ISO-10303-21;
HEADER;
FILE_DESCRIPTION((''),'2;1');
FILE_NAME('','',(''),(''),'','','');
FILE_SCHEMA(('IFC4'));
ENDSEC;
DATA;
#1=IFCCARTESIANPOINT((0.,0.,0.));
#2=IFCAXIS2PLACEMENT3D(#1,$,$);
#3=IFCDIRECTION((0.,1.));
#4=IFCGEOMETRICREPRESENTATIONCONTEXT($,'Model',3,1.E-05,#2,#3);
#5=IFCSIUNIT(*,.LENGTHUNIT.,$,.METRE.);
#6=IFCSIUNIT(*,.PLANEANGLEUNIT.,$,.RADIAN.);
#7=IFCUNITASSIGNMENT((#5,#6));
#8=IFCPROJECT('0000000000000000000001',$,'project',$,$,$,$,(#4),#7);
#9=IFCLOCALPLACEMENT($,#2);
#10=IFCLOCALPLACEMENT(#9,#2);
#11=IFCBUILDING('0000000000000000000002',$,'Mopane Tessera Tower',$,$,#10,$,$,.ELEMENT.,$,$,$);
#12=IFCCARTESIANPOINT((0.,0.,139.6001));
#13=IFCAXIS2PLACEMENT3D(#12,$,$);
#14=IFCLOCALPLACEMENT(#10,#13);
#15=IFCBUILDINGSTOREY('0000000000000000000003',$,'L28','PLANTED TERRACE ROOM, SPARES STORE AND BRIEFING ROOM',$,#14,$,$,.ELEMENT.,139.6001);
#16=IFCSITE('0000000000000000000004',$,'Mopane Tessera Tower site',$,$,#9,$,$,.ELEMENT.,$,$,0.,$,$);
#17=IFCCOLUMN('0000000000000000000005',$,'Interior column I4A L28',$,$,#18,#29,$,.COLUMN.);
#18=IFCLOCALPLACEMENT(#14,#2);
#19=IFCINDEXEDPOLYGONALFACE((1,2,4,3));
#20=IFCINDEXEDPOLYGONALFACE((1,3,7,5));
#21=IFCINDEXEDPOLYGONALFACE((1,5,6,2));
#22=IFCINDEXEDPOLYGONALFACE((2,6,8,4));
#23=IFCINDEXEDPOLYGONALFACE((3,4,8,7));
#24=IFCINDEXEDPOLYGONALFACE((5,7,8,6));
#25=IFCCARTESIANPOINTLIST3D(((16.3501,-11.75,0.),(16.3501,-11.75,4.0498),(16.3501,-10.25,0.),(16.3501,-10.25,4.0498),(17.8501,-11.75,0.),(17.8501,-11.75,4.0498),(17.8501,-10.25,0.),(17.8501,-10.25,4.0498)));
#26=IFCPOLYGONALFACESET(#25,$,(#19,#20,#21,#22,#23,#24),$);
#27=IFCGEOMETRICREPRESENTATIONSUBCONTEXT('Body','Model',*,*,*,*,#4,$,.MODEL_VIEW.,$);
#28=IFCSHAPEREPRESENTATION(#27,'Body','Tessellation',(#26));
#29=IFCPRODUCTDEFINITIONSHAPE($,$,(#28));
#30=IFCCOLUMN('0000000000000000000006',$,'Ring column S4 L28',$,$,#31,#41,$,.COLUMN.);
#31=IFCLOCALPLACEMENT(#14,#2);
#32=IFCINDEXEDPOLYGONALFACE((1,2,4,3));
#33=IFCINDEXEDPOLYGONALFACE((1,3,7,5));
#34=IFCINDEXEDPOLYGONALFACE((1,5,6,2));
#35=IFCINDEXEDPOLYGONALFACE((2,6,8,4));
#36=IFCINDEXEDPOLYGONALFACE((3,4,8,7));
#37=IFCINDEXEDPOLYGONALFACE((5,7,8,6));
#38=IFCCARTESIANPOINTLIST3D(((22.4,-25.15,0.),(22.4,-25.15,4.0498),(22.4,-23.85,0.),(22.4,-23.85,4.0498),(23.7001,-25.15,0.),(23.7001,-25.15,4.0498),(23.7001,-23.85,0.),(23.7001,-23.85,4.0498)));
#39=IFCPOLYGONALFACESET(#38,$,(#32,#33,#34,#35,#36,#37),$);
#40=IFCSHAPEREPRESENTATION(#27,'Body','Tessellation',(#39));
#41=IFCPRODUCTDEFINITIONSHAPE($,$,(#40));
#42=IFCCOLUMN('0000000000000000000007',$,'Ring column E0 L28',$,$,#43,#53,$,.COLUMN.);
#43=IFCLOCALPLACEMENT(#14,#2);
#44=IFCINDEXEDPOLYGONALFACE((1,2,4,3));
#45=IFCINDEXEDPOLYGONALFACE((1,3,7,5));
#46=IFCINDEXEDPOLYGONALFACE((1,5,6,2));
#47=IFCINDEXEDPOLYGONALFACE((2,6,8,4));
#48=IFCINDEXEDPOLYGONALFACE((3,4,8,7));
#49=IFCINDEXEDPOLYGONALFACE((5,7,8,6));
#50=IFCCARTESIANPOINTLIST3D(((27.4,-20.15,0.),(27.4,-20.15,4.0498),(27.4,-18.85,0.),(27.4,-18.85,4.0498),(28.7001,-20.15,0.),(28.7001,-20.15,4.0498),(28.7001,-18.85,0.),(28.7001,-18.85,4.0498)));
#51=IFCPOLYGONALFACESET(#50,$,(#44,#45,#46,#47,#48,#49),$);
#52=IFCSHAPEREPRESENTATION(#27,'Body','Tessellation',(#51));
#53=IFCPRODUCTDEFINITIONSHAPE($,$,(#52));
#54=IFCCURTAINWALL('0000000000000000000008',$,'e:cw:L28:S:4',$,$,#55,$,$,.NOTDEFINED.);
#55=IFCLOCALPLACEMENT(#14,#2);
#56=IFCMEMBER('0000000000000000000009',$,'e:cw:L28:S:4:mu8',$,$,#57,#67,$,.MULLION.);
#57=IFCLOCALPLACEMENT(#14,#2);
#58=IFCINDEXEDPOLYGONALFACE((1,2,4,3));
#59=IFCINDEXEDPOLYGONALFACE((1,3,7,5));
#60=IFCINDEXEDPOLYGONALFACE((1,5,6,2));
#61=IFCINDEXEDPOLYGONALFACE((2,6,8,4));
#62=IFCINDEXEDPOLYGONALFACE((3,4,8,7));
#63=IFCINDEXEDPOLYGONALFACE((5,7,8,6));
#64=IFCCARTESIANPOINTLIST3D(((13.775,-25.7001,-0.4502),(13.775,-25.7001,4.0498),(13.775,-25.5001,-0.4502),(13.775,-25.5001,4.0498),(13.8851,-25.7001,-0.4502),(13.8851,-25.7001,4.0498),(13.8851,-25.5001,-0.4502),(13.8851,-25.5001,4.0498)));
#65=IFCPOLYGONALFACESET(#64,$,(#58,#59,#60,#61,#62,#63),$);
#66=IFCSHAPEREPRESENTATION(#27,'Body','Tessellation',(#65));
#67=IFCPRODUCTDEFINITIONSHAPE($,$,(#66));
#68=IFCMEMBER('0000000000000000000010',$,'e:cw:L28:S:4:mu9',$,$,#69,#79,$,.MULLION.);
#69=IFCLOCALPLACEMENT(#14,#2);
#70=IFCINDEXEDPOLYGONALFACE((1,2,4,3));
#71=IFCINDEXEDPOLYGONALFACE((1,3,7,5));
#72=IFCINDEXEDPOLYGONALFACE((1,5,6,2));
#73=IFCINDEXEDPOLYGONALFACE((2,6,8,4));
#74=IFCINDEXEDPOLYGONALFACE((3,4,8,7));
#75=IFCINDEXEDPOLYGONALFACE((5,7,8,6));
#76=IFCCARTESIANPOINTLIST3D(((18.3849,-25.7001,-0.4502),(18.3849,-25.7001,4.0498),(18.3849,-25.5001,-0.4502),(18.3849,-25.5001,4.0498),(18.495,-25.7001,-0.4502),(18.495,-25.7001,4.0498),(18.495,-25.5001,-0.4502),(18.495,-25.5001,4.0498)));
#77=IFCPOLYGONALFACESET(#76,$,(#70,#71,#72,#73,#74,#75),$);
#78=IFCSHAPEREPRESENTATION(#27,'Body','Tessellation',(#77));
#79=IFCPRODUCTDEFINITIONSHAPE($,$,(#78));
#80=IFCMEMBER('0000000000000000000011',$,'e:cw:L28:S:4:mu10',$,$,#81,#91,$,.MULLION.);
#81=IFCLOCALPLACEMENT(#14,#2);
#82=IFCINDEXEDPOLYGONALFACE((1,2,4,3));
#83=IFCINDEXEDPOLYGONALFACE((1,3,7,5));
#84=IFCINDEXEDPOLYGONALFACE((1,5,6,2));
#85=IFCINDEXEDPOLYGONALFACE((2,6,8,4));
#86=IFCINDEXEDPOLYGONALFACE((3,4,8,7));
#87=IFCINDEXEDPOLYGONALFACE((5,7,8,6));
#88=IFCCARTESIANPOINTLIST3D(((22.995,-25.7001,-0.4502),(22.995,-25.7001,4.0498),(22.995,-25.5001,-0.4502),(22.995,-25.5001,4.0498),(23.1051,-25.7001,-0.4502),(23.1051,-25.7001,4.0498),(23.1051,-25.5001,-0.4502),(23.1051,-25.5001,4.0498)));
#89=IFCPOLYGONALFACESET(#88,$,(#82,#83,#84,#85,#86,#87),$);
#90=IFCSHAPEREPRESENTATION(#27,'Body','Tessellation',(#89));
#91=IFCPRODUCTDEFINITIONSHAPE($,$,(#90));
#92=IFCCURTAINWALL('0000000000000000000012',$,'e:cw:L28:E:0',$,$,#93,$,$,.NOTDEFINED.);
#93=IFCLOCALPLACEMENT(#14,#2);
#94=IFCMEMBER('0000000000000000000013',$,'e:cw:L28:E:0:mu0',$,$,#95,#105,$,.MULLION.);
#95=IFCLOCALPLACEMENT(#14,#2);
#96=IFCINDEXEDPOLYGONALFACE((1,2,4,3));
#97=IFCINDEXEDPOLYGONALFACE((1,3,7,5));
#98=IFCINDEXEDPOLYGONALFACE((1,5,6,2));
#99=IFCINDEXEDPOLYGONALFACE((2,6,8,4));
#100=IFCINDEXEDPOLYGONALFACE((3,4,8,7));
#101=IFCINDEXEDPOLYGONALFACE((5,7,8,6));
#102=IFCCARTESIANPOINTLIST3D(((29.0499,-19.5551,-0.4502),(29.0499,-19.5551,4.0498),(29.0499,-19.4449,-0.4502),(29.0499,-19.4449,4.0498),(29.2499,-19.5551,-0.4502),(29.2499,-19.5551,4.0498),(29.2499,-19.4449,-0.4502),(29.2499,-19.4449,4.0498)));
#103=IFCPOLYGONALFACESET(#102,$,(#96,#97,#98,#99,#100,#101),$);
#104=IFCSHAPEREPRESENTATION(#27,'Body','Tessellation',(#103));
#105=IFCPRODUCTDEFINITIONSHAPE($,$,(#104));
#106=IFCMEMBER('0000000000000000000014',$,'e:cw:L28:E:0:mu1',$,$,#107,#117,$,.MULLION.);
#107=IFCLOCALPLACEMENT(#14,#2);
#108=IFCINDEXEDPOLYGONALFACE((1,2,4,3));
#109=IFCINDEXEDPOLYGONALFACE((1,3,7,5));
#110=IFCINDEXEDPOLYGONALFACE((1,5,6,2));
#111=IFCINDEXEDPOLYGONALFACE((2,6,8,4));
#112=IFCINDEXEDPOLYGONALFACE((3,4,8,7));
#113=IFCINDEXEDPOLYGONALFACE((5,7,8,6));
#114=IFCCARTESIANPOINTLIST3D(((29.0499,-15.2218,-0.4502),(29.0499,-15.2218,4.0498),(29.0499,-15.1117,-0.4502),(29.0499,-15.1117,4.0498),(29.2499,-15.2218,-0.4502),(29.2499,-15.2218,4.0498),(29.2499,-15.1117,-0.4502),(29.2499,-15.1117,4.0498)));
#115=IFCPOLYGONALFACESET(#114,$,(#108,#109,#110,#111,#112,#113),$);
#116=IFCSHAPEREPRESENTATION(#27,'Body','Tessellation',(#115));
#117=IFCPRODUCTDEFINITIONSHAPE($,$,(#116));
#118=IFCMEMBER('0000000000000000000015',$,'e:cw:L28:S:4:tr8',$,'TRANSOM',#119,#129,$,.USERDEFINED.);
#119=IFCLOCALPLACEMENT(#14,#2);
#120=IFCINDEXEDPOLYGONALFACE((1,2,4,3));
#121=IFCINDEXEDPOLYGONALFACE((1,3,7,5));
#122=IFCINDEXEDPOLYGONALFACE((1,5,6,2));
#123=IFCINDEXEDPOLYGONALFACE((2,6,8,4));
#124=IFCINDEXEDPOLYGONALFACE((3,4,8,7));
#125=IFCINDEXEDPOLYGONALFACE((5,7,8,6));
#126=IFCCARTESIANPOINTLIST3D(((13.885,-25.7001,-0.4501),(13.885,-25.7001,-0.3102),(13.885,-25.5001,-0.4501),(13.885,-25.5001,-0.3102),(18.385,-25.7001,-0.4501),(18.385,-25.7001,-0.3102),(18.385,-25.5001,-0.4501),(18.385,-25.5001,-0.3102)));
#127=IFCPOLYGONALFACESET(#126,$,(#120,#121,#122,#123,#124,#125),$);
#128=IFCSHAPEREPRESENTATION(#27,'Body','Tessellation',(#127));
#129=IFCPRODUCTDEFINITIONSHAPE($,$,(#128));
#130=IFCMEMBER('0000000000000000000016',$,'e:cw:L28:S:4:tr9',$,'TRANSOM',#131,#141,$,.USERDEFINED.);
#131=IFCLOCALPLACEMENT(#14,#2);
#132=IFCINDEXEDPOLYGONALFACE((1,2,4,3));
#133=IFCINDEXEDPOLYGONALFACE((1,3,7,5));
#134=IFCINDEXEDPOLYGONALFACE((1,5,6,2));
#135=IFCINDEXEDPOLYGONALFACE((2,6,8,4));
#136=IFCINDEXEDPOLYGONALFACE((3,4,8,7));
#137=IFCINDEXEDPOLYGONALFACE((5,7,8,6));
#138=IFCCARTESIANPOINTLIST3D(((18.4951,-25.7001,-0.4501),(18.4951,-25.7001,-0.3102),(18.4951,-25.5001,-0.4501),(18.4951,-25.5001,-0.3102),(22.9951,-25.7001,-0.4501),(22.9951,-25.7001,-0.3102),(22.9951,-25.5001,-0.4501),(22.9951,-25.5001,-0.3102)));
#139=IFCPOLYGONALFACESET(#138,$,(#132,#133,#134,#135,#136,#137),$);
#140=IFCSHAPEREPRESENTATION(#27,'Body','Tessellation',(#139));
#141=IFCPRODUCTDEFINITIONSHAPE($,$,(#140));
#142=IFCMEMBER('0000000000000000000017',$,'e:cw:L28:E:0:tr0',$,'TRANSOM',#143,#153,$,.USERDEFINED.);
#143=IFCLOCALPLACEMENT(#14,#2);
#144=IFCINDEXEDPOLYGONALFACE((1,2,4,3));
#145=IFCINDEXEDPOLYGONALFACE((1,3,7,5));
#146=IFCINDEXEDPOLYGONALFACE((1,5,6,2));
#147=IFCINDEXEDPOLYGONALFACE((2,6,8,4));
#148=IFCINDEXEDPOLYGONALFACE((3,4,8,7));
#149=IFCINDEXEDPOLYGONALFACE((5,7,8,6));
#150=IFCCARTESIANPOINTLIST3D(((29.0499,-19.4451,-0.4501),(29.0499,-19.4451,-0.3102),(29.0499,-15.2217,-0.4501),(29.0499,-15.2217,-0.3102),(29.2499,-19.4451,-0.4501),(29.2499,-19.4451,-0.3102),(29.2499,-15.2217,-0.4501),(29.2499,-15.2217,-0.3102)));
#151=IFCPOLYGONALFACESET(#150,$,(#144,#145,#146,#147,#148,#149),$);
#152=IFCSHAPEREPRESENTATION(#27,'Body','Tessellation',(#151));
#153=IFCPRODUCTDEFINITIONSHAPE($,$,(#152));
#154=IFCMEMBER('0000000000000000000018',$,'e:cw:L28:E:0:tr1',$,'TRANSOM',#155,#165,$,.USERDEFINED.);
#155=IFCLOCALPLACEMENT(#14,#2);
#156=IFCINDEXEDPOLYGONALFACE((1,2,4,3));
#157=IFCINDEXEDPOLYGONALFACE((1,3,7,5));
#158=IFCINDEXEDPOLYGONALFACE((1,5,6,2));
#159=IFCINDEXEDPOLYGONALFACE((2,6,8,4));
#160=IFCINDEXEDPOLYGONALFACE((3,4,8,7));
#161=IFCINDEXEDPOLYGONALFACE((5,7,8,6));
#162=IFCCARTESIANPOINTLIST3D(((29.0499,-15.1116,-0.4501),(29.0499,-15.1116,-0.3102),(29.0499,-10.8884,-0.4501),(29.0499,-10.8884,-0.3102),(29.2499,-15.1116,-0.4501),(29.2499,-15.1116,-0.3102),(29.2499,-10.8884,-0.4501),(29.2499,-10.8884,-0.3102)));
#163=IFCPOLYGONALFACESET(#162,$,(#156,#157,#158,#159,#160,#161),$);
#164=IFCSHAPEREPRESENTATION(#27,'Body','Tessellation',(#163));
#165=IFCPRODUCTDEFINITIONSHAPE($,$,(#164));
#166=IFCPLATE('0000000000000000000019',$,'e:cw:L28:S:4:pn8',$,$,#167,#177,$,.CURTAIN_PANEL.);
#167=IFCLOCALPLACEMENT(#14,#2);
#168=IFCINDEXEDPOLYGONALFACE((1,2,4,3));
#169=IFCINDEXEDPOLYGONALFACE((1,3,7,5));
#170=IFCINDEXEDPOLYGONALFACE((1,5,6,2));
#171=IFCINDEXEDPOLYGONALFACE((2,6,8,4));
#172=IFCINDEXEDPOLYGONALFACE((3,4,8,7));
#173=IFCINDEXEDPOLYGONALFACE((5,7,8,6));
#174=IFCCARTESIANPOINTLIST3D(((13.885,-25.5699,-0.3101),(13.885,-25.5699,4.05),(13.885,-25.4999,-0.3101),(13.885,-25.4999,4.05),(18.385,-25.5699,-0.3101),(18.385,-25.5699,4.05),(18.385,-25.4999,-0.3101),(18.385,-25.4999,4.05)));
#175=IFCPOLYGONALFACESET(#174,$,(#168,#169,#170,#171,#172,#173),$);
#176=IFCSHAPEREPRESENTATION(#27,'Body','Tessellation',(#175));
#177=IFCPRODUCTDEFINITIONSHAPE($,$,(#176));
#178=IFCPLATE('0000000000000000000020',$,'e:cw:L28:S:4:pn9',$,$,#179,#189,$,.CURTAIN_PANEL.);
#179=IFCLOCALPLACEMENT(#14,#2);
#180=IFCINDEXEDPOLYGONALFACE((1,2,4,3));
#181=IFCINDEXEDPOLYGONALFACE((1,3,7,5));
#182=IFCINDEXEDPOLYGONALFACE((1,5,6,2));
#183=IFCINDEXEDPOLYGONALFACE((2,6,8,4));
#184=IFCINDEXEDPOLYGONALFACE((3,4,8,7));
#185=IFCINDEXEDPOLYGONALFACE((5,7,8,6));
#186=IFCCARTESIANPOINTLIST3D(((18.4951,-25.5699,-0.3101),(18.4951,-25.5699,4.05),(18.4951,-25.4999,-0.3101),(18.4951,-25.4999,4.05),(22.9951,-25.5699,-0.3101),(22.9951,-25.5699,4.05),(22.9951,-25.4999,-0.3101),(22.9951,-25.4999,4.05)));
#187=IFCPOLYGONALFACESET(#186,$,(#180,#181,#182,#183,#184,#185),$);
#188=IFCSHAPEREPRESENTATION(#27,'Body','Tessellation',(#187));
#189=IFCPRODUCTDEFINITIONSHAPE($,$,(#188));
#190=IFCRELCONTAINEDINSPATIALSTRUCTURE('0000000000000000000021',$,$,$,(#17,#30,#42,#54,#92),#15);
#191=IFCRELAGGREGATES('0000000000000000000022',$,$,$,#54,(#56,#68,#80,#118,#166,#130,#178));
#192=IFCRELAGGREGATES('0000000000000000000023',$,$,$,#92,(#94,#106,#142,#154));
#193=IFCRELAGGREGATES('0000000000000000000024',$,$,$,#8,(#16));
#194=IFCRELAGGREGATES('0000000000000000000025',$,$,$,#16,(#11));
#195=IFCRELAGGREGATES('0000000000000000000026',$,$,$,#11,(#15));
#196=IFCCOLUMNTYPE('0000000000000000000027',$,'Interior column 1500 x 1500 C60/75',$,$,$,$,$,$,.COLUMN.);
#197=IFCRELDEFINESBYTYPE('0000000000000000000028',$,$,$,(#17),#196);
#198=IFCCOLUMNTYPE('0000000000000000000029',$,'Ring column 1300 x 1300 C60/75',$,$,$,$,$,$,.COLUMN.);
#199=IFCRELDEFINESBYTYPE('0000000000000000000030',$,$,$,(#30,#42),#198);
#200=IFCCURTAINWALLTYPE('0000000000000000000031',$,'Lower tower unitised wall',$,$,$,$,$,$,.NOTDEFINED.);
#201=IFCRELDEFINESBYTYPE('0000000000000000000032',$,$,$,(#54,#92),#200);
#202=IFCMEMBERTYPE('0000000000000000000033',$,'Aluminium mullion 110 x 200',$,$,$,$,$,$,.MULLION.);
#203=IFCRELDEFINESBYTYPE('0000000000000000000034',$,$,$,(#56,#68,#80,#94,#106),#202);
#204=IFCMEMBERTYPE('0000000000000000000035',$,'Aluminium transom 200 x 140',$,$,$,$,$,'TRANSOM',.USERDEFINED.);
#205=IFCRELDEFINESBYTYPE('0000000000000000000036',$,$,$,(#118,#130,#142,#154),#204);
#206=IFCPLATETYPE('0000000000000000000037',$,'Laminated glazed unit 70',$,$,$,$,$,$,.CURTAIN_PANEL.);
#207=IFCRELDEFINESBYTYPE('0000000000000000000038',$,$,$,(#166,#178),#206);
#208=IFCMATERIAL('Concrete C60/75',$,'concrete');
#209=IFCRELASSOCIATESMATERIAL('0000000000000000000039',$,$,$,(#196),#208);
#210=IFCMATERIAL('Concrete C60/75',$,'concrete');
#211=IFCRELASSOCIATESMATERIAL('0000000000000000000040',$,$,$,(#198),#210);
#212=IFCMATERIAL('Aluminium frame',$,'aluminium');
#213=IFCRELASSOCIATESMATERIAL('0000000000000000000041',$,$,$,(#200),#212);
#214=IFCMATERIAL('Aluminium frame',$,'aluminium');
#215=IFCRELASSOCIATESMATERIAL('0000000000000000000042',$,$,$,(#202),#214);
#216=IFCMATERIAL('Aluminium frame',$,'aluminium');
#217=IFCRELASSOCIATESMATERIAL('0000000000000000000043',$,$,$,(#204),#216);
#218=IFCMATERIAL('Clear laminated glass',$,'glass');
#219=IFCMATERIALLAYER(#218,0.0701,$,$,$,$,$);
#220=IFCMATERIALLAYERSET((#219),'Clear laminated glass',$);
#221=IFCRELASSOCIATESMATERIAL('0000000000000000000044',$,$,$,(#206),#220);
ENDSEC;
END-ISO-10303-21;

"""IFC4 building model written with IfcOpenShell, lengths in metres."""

from ifc_helpers import new_model, si_unit, direction, frame, origin, origin_2d, place, context, subcontext, project, spatial, rectangle, extrude, material, layer, layer_set, material_profile, profile_set, type_object, element, aggregate, save


model = new_model("IFC4")

# Units and contexts
model_context = context("Model", 3, precision=1e-05, world=origin(), true_north=direction((0.0, 1.0)))
body_context = subcontext(model_context, "Body", "Model", "MODEL_VIEW")
ifc_project = project(units=[si_unit("LENGTHUNIT", "METRE"), si_unit("PLANEANGLEUNIT", "RADIAN")], contexts=[model_context])

# Site, building, storey
site_placement = place(None, origin())
site = spatial("IfcSite", under=ifc_project, at=site_placement, Name="Mopane Tessera Tower site", CompositionType="ELEMENT", RefElevation=0.0)
building_placement = place(site_placement, origin())
building = spatial("IfcBuilding", under=site, at=building_placement, Name="Mopane Tessera Tower", CompositionType="ELEMENT")
storey_placement = place(building_placement, frame((0.0, 0.0, 139.6001)))
storey = spatial("IfcBuildingStorey", under=building, at=storey_placement, Name="L28", Description="PLANTED TERRACE ROOM, SPARES STORE AND BRIEFING ROOM", CompositionType="ELEMENT", Elevation=139.6001)

# Columns
ifc_material_1 = material(Name="Concrete C60/75", Category="concrete")
ifc_material_profile_1 = material_profile(ifc_material_1, rectangle(XDim=1.5, YDim=1.5, at=origin_2d()))
ifc_profile_set_1 = profile_set([ifc_material_profile_1], Name="Concrete C60/75")
column_type_1 = type_object("IfcColumnType", Name="Interior column 1500 x 1500 C60/75", PredefinedType="COLUMN", material=ifc_profile_set_1)
column_placement = place(storey_placement, frame((17.1001, -11.0, 0.0), z_axis=(0.0, 0.0, 1.0), x_axis=(1.0, 0.0, 0.0)))
element("IfcColumn", 1, at=column_placement, inside=storey, type_object=column_type_1, Name="Interior column I4A L28", PredefinedType="COLUMN", context=body_context, shape_type="SweptSolid", body=[
    extrude(rectangle(XDim=1.5, YDim=1.5, at=origin_2d()), origin(), (0.0, 0.0, 1.0), 4.0498),
])
ifc_material_2 = material(Name="Concrete C60/75", Category="concrete")
ifc_material_profile_2 = material_profile(ifc_material_2, rectangle(XDim=1.3, YDim=1.3, at=origin_2d()))
ifc_profile_set_2 = profile_set([ifc_material_profile_2], Name="Concrete C60/75")
column_type_2 = type_object("IfcColumnType", Name="Ring column 1300 x 1300 C60/75", PredefinedType="COLUMN", material=ifc_profile_set_2)
for number, where, z_axis, x_axis, name in (
    (2, (23.05, -24.5, 0.0), (0.0, 0.0, 1.0), (1.0, 0.0, 0.0), "Ring column S4 L28"),
    (3, (28.05, -19.5, 0.0), (0.0, 0.0, 1.0), (1.0, 0.0, 0.0), "Ring column E0 L28"),
):
    element("IfcColumn", number, at=place(storey_placement, frame(where, z_axis=z_axis, x_axis=x_axis)), inside=storey, type_object=column_type_2, Name=name, PredefinedType="COLUMN", context=body_context, shape_type="SweptSolid", body=[
        extrude(rectangle(XDim=1.3, YDim=1.3, at=origin_2d()), origin(), (0.0, 0.0, 1.0), 4.0498),
    ])

# Curtain walls, members
ifc_material_3 = material(Name="Aluminium frame", Category="aluminium")
curtain_wall_type = type_object("IfcCurtainWallType", Name="Lower tower unitised wall", PredefinedType="NOTDEFINED", material=ifc_material_3)
curtain_wall_1_placement = place(storey_placement, origin())
curtain_wall_1 = element("IfcCurtainWall", 4, at=curtain_wall_1_placement, inside=storey, type_object=curtain_wall_type, Name="e:cw:L28:S:4", PredefinedType="NOTDEFINED")
ifc_material_4 = material(Name="Aluminium frame", Category="aluminium")
ifc_material_profile_3 = material_profile(ifc_material_4, rectangle(XDim=0.1101, YDim=0.2, at=origin_2d()))
ifc_profile_set_3 = profile_set([ifc_material_profile_3], Name="Aluminium frame")
member_type_1 = type_object("IfcMemberType", Name="Aluminium mullion 110 x 200", PredefinedType="MULLION", material=ifc_profile_set_3)
member_1_placement = place(storey_placement, frame((13.8301, -25.6001, -0.4502), z_axis=(0.0, 0.0, 1.0), x_axis=(1.0, 0.0, 0.0)))
member_1 = element("IfcMember", 5, at=member_1_placement, type_object=member_type_1, Name="e:cw:L28:S:4:mu8", PredefinedType="MULLION", context=body_context, shape_type="SweptSolid", body=[
    extrude(rectangle(XDim=0.1101, YDim=0.2, at=origin_2d()), origin(), (0.0, 0.0, 1.0), 4.5),
])
member_2_placement = place(storey_placement, frame((18.4399, -25.6001, -0.4502), z_axis=(0.0, 0.0, 1.0), x_axis=(1.0, 0.0, 0.0)))
member_2 = element("IfcMember", 6, at=member_2_placement, type_object=member_type_1, Name="e:cw:L28:S:4:mu9", PredefinedType="MULLION", context=body_context, shape_type="SweptSolid", body=[
    extrude(rectangle(XDim=0.1101, YDim=0.2, at=origin_2d()), origin(), (0.0, 0.0, 1.0), 4.5),
])
member_3_placement = place(storey_placement, frame((23.05, -25.6001, -0.4502), z_axis=(0.0, 0.0, 1.0), x_axis=(1.0, 0.0, 0.0)))
member_3 = element("IfcMember", 7, at=member_3_placement, type_object=member_type_1, Name="e:cw:L28:S:4:mu10", PredefinedType="MULLION", context=body_context, shape_type="SweptSolid", body=[
    extrude(rectangle(XDim=0.1101, YDim=0.2, at=origin_2d()), origin(), (0.0, 0.0, 1.0), 4.5),
])
curtain_wall_2_placement = place(storey_placement, origin())
curtain_wall_2 = element("IfcCurtainWall", 8, at=curtain_wall_2_placement, inside=storey, type_object=curtain_wall_type, Name="e:cw:L28:E:0", PredefinedType="NOTDEFINED")
member_4_placement = place(storey_placement, frame((29.1499, -19.5, -0.4502), z_axis=(0.0, 0.0, 1.0), x_axis=(0.0, 1.0, 0.0)))
member_4 = element("IfcMember", 9, at=member_4_placement, type_object=member_type_1, Name="e:cw:L28:E:0:mu0", PredefinedType="MULLION", context=body_context, shape_type="SweptSolid", body=[
    extrude(rectangle(XDim=0.1101, YDim=0.2, at=origin_2d()), origin(), (0.0, 0.0, 1.0), 4.5),
])
member_5_placement = place(storey_placement, frame((29.1499, -15.1667, -0.4502), z_axis=(0.0, 0.0, 1.0), x_axis=(0.0, 1.0, 0.0)))
member_5 = element("IfcMember", 10, at=member_5_placement, type_object=member_type_1, Name="e:cw:L28:E:0:mu1", PredefinedType="MULLION", context=body_context, shape_type="SweptSolid", body=[
    extrude(rectangle(XDim=0.1101, YDim=0.2, at=origin_2d()), origin(), (0.0, 0.0, 1.0), 4.5),
])

# Members
ifc_material_5 = material(Name="Aluminium frame", Category="aluminium")
ifc_material_profile_4 = material_profile(ifc_material_5, rectangle(XDim=0.2, YDim=0.1399, at=origin_2d()))
ifc_profile_set_4 = profile_set([ifc_material_profile_4], Name="Aluminium frame")
member_type_2 = type_object("IfcMemberType", Name="Aluminium transom 200 x 140", ElementType="TRANSOM", PredefinedType="USERDEFINED", material=ifc_profile_set_4)
member_6_placement = place(storey_placement, frame((13.885, -25.6001, -0.3801), z_axis=(1.0, 0.0, 0.0), x_axis=(0.0, 1.0, 0.0)))
member_6 = element("IfcMember", 11, at=member_6_placement, type_object=member_type_2, Name="e:cw:L28:S:4:tr8", ObjectType="TRANSOM", PredefinedType="USERDEFINED", context=body_context, shape_type="SweptSolid", body=[
    extrude(rectangle(XDim=0.2, YDim=0.1399, at=origin_2d()), origin(), (0.0, 0.0, 1.0), 4.5),
])
member_7_placement = place(storey_placement, frame((18.4951, -25.6001, -0.3801), z_axis=(1.0, 0.0, 0.0), x_axis=(0.0, 1.0, 0.0)))
member_7 = element("IfcMember", 12, at=member_7_placement, type_object=member_type_2, Name="e:cw:L28:S:4:tr9", ObjectType="TRANSOM", PredefinedType="USERDEFINED", context=body_context, shape_type="SweptSolid", body=[
    extrude(rectangle(XDim=0.2, YDim=0.1399, at=origin_2d()), origin(), (0.0, 0.0, 1.0), 4.5),
])
member_8_placement = place(storey_placement, frame((29.1499, -19.4451, -0.3801), z_axis=(0.0, 1.0, 0.0), x_axis=(-1.0, 0.0, 0.0)))
member_8 = element("IfcMember", 13, at=member_8_placement, type_object=member_type_2, Name="e:cw:L28:E:0:tr0", ObjectType="TRANSOM", PredefinedType="USERDEFINED", context=body_context, shape_type="SweptSolid", body=[
    extrude(rectangle(XDim=0.2, YDim=0.1399, at=origin_2d()), origin(), (0.0, 0.0, 1.0), 4.2234),
])
member_9_placement = place(storey_placement, frame((29.1499, -15.1116, -0.3801), z_axis=(0.0, 1.0, 0.0), x_axis=(-1.0, 0.0, 0.0)))
member_9 = element("IfcMember", 14, at=member_9_placement, type_object=member_type_2, Name="e:cw:L28:E:0:tr1", ObjectType="TRANSOM", PredefinedType="USERDEFINED", context=body_context, shape_type="SweptSolid", body=[
    extrude(rectangle(XDim=0.2, YDim=0.1399, at=origin_2d()), origin(), (0.0, 0.0, 1.0), 4.2231),
])

# Plates
ifc_material_6 = material(Name="Clear laminated glass", Category="glass")
ifc_layer_1 = layer(ifc_material_6, 0.0701)
ifc_layer_set_1 = layer_set([ifc_layer_1], Name="Clear laminated glass")
plate_type = type_object("IfcPlateType", Name="Laminated glazed unit 70", PredefinedType="CURTAIN_PANEL", material=ifc_layer_set_1)
plate_1_placement = place(storey_placement, frame((16.135, -25.5349, -0.3101), z_axis=(0.0, 0.0, 1.0), x_axis=(1.0, 0.0, 0.0)))
plate_1 = element("IfcPlate", 15, at=plate_1_placement, type_object=plate_type, Name="e:cw:L28:S:4:pn8", PredefinedType="CURTAIN_PANEL", context=body_context, shape_type="SweptSolid", body=[
    extrude(rectangle(XDim=4.5, YDim=0.0701, at=origin_2d()), origin(), (0.0, 0.0, 1.0), 4.3601),
])
plate_2_placement = place(storey_placement, frame((20.7451, -25.5349, -0.3101), z_axis=(0.0, 0.0, 1.0), x_axis=(1.0, 0.0, 0.0)))
plate_2 = element("IfcPlate", 16, at=plate_2_placement, type_object=plate_type, Name="e:cw:L28:S:4:pn9", PredefinedType="CURTAIN_PANEL", context=body_context, shape_type="SweptSolid", body=[
    extrude(rectangle(XDim=4.5, YDim=0.0701, at=origin_2d()), origin(), (0.0, 0.0, 1.0), 4.3601),
])
aggregate(curtain_wall_1, [member_1, member_2, member_3, member_6, plate_1, member_7, plate_2])
aggregate(curtain_wall_2, [member_4, member_5, member_8, member_9])

save(model, "model.ifc")
